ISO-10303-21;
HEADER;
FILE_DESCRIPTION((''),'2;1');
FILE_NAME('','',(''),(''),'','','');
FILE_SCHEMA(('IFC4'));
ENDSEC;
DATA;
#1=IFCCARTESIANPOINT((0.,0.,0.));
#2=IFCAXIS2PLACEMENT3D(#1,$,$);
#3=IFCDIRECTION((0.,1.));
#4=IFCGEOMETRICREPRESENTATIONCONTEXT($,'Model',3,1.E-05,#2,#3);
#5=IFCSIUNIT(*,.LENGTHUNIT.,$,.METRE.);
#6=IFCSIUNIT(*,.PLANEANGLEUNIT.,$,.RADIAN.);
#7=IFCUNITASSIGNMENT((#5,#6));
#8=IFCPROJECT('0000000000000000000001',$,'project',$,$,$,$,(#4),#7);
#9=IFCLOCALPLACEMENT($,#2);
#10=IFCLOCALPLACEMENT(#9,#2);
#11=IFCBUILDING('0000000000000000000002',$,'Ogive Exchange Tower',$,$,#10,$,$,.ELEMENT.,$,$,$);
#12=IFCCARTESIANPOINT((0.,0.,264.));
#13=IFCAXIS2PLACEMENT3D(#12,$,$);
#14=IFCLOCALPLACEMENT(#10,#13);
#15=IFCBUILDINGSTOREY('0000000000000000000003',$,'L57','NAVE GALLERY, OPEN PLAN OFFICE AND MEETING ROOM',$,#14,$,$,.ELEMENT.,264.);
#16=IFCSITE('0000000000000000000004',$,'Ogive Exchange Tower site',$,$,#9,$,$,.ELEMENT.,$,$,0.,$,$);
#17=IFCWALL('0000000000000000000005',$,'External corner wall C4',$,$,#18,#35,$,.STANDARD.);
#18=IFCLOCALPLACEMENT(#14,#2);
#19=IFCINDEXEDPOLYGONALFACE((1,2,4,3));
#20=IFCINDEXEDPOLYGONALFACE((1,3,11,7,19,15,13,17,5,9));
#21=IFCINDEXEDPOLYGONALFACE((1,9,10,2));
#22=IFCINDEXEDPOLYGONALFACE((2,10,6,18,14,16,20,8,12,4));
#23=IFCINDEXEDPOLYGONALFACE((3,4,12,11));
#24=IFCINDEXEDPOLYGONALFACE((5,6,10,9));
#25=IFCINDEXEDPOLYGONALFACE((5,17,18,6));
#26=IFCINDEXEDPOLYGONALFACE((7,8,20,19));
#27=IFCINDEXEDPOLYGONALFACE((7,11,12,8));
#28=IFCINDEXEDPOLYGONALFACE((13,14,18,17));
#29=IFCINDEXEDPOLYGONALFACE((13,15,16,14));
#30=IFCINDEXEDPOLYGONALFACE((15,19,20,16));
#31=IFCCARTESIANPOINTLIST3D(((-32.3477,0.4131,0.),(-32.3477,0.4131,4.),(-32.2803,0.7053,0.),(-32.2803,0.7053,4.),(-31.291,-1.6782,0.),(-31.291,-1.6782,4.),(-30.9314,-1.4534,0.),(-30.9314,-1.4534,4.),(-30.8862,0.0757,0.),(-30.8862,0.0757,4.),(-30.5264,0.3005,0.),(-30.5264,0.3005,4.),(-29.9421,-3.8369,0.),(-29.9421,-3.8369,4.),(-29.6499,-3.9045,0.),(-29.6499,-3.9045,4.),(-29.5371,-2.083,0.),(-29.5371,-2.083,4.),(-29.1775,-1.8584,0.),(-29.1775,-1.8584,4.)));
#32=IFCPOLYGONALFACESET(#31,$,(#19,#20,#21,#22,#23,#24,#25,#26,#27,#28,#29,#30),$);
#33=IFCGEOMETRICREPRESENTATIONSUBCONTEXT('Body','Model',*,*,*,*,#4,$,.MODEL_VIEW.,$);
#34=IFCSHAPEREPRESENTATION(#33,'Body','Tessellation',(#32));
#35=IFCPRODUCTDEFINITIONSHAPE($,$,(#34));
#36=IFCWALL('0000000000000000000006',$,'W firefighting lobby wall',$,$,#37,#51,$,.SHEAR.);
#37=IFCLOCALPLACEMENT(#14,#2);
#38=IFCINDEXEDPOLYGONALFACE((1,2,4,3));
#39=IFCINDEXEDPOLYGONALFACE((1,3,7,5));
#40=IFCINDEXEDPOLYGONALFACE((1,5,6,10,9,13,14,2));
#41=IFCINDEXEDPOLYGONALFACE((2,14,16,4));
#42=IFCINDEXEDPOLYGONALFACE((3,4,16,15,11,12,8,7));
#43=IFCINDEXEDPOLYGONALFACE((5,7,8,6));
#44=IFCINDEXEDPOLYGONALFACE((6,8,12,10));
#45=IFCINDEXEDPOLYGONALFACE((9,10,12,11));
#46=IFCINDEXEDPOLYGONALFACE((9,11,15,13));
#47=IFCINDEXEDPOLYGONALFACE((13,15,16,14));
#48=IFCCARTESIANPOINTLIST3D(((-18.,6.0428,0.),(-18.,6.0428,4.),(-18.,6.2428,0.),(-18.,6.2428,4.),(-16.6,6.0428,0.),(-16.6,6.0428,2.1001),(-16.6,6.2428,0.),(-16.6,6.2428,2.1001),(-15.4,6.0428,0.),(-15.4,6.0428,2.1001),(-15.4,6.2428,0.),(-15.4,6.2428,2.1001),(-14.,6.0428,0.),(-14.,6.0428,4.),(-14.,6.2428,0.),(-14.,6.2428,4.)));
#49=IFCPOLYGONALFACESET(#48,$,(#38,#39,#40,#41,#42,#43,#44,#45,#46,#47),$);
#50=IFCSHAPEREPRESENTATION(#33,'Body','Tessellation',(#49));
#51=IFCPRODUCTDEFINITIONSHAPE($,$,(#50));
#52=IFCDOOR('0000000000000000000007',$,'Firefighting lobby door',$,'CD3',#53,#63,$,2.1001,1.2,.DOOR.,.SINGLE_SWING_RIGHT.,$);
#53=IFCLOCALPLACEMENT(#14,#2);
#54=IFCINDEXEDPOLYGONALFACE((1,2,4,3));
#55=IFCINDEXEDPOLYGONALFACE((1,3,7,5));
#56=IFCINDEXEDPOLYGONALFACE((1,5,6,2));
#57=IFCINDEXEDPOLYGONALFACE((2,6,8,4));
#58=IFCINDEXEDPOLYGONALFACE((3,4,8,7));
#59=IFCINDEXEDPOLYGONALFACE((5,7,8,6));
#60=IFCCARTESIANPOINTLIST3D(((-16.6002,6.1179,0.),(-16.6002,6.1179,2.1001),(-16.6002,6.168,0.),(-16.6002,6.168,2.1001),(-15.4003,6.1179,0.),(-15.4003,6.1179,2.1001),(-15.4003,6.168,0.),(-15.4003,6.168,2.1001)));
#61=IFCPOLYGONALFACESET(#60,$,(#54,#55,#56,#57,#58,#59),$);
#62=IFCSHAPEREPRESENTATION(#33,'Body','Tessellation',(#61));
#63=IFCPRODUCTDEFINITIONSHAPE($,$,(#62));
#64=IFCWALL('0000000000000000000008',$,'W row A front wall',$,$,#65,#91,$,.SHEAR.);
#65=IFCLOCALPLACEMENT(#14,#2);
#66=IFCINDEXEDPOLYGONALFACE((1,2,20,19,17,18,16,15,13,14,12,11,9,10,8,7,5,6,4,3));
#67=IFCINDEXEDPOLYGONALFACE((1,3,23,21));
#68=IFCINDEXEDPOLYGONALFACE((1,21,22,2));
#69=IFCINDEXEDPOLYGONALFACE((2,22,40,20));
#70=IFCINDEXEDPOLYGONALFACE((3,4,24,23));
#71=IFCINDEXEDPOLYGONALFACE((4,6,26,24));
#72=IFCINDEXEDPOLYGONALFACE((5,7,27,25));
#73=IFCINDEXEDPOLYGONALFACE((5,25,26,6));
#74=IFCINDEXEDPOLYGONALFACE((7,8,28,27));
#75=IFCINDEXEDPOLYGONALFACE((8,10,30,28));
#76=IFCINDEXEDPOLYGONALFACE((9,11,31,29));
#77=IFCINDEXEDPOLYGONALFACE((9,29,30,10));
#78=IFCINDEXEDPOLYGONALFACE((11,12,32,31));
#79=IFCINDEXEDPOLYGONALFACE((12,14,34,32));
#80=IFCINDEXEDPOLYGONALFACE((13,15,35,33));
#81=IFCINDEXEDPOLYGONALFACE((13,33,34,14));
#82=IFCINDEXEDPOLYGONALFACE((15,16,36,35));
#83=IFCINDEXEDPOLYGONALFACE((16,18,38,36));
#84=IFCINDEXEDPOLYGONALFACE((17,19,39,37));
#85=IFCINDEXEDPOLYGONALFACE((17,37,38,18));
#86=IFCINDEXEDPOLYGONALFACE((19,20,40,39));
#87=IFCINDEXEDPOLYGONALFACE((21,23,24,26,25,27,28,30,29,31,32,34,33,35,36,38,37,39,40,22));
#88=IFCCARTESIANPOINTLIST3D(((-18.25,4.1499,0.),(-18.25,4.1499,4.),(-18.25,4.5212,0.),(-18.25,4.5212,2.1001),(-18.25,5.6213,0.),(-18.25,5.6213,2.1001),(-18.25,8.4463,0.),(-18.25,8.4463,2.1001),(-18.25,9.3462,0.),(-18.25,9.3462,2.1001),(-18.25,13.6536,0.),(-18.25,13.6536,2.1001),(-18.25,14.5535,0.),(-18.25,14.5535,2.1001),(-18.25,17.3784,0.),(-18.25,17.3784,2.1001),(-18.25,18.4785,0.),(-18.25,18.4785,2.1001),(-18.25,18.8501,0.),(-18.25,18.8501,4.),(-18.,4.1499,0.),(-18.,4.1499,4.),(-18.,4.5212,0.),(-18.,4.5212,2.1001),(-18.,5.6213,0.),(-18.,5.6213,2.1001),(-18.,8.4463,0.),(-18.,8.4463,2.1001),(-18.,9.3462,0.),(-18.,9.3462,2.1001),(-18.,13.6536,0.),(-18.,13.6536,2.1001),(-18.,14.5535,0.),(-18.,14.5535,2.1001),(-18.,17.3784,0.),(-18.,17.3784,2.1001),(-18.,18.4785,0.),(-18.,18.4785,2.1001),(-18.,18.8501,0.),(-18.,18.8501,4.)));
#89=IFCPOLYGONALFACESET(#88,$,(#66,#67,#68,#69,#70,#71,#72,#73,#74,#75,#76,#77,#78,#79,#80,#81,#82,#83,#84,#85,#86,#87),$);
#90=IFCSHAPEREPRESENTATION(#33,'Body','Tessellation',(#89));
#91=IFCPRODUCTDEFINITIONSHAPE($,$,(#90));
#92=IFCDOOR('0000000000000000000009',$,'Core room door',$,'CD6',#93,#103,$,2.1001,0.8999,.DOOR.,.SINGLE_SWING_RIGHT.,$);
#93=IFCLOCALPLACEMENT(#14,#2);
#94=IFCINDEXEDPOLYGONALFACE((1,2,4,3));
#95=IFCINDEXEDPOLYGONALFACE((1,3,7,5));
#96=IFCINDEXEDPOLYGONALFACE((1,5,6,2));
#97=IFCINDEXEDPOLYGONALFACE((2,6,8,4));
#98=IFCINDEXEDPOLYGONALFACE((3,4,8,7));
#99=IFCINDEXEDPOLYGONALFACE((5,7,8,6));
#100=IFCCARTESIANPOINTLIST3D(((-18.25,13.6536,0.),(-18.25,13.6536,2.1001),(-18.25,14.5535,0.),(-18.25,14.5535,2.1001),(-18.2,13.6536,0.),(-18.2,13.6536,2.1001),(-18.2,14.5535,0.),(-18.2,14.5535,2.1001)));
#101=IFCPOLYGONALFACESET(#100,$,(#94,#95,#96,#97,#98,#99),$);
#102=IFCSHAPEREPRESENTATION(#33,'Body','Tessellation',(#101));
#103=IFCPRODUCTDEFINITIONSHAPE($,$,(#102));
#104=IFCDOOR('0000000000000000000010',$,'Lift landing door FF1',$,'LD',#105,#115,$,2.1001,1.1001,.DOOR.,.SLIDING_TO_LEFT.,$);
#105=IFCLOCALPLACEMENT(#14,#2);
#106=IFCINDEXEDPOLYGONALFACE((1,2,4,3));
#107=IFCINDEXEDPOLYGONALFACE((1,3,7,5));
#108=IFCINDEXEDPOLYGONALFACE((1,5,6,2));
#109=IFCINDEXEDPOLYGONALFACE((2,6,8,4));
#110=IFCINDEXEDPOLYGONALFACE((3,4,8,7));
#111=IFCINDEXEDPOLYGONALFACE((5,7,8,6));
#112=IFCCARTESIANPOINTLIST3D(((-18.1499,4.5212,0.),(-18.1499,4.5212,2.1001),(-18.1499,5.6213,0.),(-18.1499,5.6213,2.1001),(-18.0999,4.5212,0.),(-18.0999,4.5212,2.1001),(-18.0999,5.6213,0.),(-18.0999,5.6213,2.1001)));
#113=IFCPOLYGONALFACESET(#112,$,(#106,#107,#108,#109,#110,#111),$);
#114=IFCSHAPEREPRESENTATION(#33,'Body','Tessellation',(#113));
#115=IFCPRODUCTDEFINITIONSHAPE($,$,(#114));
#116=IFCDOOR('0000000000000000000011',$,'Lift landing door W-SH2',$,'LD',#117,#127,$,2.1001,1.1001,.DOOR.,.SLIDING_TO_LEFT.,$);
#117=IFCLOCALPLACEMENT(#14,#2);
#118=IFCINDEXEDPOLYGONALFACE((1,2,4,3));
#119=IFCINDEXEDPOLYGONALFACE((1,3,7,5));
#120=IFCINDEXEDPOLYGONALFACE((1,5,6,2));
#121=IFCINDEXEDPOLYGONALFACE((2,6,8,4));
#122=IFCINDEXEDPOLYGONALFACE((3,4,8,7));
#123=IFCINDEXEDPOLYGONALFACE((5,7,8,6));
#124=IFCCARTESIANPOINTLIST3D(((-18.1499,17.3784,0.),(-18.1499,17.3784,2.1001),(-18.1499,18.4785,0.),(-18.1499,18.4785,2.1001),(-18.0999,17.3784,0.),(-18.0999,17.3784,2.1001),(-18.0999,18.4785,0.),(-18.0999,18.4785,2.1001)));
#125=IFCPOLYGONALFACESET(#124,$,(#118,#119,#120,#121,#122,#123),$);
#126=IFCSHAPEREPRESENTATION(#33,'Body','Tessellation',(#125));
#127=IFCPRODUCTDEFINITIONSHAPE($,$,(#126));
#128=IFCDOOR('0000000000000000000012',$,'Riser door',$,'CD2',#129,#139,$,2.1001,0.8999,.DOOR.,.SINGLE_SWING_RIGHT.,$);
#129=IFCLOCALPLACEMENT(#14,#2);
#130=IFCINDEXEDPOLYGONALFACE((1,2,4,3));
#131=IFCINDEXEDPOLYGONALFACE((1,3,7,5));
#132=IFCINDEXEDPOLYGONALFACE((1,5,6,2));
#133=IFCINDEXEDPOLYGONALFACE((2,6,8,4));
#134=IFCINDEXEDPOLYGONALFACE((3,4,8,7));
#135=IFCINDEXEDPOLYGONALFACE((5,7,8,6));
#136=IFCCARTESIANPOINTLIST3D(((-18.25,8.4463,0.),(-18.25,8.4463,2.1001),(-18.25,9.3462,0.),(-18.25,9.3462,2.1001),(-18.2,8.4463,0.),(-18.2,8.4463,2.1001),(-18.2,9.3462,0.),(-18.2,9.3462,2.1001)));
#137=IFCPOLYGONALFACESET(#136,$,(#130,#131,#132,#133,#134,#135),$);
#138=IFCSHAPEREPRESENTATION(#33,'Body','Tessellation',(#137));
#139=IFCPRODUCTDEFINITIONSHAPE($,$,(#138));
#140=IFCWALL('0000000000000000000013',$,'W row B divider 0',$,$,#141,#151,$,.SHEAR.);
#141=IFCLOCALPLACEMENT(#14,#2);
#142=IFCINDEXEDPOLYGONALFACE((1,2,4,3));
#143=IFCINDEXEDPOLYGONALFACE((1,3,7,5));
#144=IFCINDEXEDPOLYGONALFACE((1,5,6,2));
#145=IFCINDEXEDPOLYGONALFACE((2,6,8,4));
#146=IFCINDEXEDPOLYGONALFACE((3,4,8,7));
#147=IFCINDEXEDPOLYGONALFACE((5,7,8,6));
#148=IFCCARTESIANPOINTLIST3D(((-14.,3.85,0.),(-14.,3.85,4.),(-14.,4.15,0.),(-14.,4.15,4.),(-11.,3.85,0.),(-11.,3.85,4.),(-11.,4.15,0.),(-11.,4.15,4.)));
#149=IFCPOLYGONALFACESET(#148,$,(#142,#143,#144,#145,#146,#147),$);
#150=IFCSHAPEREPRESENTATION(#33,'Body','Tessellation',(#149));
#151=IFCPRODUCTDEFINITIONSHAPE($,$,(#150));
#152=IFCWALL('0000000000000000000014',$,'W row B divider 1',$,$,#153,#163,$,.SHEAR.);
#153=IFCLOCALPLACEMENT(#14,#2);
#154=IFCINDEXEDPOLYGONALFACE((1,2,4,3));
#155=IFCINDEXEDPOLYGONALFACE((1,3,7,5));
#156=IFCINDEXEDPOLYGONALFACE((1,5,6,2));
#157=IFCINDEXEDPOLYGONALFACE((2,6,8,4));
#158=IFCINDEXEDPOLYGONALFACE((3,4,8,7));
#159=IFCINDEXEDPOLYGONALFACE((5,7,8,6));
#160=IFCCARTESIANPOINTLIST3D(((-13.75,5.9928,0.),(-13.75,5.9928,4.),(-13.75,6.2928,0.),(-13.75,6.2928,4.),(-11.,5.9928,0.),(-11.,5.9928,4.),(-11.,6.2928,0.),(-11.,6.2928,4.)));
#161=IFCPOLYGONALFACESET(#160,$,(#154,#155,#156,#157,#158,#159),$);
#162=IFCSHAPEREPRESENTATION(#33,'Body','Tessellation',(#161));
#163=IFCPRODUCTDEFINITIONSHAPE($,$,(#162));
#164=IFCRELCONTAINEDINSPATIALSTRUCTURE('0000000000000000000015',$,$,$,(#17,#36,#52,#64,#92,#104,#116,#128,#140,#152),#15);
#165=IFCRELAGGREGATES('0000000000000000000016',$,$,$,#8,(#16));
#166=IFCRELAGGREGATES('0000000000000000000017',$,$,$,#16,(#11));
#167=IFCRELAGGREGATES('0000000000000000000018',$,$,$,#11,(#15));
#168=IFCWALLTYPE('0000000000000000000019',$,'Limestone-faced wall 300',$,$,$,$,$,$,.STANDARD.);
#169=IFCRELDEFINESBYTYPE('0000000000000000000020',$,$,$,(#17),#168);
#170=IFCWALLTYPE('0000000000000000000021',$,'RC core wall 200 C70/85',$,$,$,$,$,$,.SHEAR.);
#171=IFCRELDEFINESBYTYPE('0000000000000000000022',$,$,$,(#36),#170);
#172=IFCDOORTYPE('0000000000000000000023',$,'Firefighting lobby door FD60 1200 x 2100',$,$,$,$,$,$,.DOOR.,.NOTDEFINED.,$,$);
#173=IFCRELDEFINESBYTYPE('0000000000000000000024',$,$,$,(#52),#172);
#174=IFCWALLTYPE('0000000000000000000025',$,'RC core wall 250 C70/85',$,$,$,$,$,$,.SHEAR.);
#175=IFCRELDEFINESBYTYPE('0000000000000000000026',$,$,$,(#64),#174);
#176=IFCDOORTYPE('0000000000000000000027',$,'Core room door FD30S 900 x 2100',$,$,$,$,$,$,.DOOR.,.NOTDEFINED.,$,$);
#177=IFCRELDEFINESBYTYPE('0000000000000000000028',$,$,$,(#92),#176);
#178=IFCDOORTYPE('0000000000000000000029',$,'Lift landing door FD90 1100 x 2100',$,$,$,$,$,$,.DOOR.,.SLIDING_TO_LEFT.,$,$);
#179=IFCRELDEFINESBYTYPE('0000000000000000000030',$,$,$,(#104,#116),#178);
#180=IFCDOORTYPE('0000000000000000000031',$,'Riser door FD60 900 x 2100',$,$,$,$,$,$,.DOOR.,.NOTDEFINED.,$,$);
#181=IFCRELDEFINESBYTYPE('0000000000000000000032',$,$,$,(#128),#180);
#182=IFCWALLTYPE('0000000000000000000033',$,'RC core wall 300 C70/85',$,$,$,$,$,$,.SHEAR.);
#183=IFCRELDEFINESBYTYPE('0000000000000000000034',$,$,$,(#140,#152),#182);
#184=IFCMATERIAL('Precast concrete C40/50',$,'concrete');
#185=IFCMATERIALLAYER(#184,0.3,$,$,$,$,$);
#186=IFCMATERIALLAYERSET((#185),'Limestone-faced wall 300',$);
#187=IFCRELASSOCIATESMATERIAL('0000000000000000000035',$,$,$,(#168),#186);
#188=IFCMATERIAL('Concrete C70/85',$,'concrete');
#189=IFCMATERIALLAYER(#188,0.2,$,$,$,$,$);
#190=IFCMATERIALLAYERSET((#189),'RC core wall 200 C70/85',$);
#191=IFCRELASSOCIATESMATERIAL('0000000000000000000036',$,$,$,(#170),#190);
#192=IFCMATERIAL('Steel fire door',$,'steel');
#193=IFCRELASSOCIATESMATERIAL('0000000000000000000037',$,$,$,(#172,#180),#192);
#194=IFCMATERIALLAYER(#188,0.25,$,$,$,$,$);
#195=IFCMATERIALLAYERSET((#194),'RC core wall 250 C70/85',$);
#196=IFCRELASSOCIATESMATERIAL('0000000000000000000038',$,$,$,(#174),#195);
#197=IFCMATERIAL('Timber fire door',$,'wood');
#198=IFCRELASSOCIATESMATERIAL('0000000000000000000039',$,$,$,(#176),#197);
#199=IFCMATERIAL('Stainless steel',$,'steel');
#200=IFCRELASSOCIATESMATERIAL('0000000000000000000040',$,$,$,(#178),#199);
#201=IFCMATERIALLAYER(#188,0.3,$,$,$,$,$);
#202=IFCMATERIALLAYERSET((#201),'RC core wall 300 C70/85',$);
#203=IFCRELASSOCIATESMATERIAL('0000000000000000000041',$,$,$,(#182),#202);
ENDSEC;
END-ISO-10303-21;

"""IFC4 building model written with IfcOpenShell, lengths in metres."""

from ifc_helpers import new_model, si_unit, direction, frame, frame_2d, origin, place, context, subcontext, project, spatial, polyline, rectangle, outline, extrude, material, layer, layer_set, type_object, element, fill, save


model = new_model("IFC4")

# Units and contexts
model_context = context("Model", 3, precision=1e-05, world=origin(), true_north=direction((0.0, 1.0)))
body_context = subcontext(model_context, "Body", "Model", "MODEL_VIEW")
ifc_project = project(units=[si_unit("LENGTHUNIT", "METRE"), si_unit("PLANEANGLEUNIT", "RADIAN")], contexts=[model_context])

# Site, building, storey
site_placement = place(None, origin())
site = spatial("IfcSite", under=ifc_project, at=site_placement, Name="Ogive Exchange Tower site", CompositionType="ELEMENT", RefElevation=0.0)
building_placement = place(site_placement, origin())
building = spatial("IfcBuilding", under=site, at=building_placement, Name="Ogive Exchange Tower", CompositionType="ELEMENT")
storey_placement = place(building_placement, frame((0.0, 0.0, 264.0)))
storey = spatial("IfcBuildingStorey", under=building, at=storey_placement, Name="L57", Description="NAVE GALLERY, OPEN PLAN OFFICE AND MEETING ROOM", CompositionType="ELEMENT", Elevation=264.0)

# Wall
ifc_material_1 = material(Name="Precast concrete C40/50", Category="concrete")
ifc_layer_1 = layer(ifc_material_1, 0.3)
ifc_layer_set_1 = layer_set([ifc_layer_1], Name="Limestone-faced wall 300")
wall_type_1 = type_object("IfcWallType", Name="Limestone-faced wall 300", PredefinedType="STANDARD", material=ifc_layer_set_1)
wall_1_placement = place(storey_placement, origin())
element("IfcWall", 1, at=wall_1_placement, inside=storey, type_object=wall_type_1, Name="External corner wall C4", PredefinedType="STANDARD", context=body_context, shape_type="SweptSolid", body=[
    extrude(outline(polyline([(-31.291, -1.6782), (-30.8862, 0.0757), (-32.3477, 0.4131), (-32.2803, 0.7053), (-30.5264, 0.3005), (-30.9314, -1.4534), (-29.1775, -1.8584), (-29.6499, -3.9045), (-29.9421, -3.8369), (-29.5371, -2.083), (-31.291, -1.6782)])), origin(), (0.0, 0.0, 1.0), 4.0),
])

# Wall, opening, door
ifc_material_2 = material(Name="Concrete C70/85", Category="concrete")
ifc_layer_2 = layer(ifc_material_2, 0.2)
ifc_layer_set_2 = layer_set([ifc_layer_2], Name="RC core wall 200 C70/85")
wall_type_2 = type_object("IfcWallType", Name="RC core wall 200 C70/85", PredefinedType="SHEAR", material=ifc_layer_set_2)
wall_2_placement = place(storey_placement, frame((-18.0, 6.1428, 0.0), z_axis=(0.0, 0.0, 1.0), x_axis=(1.0, 0.0, 0.0)))
wall_2 = element("IfcWall", 2, at=wall_2_placement, inside=storey, type_object=wall_type_2, Name="W firefighting lobby wall", PredefinedType="SHEAR", context=body_context, shape_type="SweptSolid", body=[
    extrude(rectangle(XDim=4.0, YDim=0.2, at=frame_2d((2.0, 0.0))), origin(), (0.0, 0.0, 1.0), 4.0),
])
opening_1_placement = place(wall_2_placement, frame((1.3999, 0.0, 0.0)))
opening_1 = element("IfcOpeningElement", 3, at=opening_1_placement, cuts=wall_2, PredefinedType="OPENING", context=body_context, shape_type="SweptSolid", body=[
    extrude(rectangle(XDim=1.2, YDim=2.1001, at=frame_2d((0.6001, 1.05))), frame((0.0, 0.1099, 0.0), z_axis=(0.0, -1.0, 0.0), x_axis=(1.0, 0.0, 0.0)), (0.0, 0.0, 1.0), 0.22),
])
ifc_material_3 = material(Name="Steel fire door", Category="steel")
door_type_1 = type_object("IfcDoorType", Name="Firefighting lobby door FD60 1200 x 2100", OperationType="NOTDEFINED", PredefinedType="DOOR", material=ifc_material_3)
door_1_placement = place(opening_1_placement, frame((1.2, 0.0, 0.0), z_axis=(0.0, 0.0, 1.0), x_axis=(-1.0, 0.0, 0.0)))
door_1 = element("IfcDoor", 4, at=door_1_placement, inside=storey, type_object=door_type_1, Name="Firefighting lobby door", ObjectType="CD3", OperationType="SINGLE_SWING_RIGHT", OverallHeight=2.1001, OverallWidth=1.2, PredefinedType="DOOR", context=body_context, shape_type="SweptSolid", body=[
    extrude(rectangle(XDim=1.2, YDim=2.1001, at=frame_2d((0.6001, 1.05))), frame((0.0, 0.0249, 0.0), z_axis=(0.0, -1.0, 0.0), x_axis=(1.0, 0.0, 0.0)), (0.0, 0.0, 1.0), 0.05),
])
fill(opening_1, door_1)

# Wall, openings, doors
ifc_layer_3 = layer(ifc_material_2, 0.25)
ifc_layer_set_3 = layer_set([ifc_layer_3], Name="RC core wall 250 C70/85")
wall_type_3 = type_object("IfcWallType", Name="RC core wall 250 C70/85", PredefinedType="SHEAR", material=ifc_layer_set_3)
wall_3_placement = place(storey_placement, frame((-18.125, 4.1499, 0.0), z_axis=(0.0, 0.0, 1.0), x_axis=(0.0, 1.0, 0.0)))
wall_3 = element("IfcWall", 5, at=wall_3_placement, inside=storey, type_object=wall_type_3, Name="W row A front wall", PredefinedType="SHEAR", context=body_context, shape_type="SweptSolid", body=[
    extrude(rectangle(XDim=14.7002, YDim=0.25, at=frame_2d((7.3501, 0.0))), origin(), (0.0, 0.0, 1.0), 4.0),
])
opening_2_placement = place(wall_3_placement, frame((4.2964, 0.0, 0.0)))
opening_2 = element("IfcOpeningElement", 6, at=opening_2_placement, cuts=wall_3, PredefinedType="OPENING", context=body_context, shape_type="SweptSolid", body=[
    extrude(rectangle(XDim=0.8999, YDim=2.1001, at=frame_2d((0.45, 1.05))), frame((0.0, 0.135, 0.0), z_axis=(0.0, -1.0, 0.0), x_axis=(1.0, 0.0, 0.0)), (0.0, 0.0, 1.0), 0.27),
])
opening_3_placement = place(wall_3_placement, frame((9.5037, 0.0, 0.0)))
opening_3 = element("IfcOpeningElement", 7, at=opening_3_placement, cuts=wall_3, PredefinedType="OPENING", context=body_context, shape_type="SweptSolid", body=[
    extrude(rectangle(XDim=0.8999, YDim=2.1001, at=frame_2d((0.45, 1.05))), frame((0.0, 0.135, 0.0), z_axis=(0.0, -1.0, 0.0), x_axis=(1.0, 0.0, 0.0)), (0.0, 0.0, 1.0), 0.27),
])
opening_4_placement = place(wall_3_placement, frame((0.3713, 0.0, 0.0)))
opening_4 = element("IfcOpeningElement", 8, at=opening_4_placement, cuts=wall_3, PredefinedType="OPENING", context=body_context, shape_type="SweptSolid", body=[
    extrude(rectangle(XDim=1.1001, YDim=2.1001, at=frame_2d((0.55, 1.05))), frame((0.0, 0.135, 0.0), z_axis=(0.0, -1.0, 0.0), x_axis=(1.0, 0.0, 0.0)), (0.0, 0.0, 1.0), 0.27),
])
opening_5_placement = place(wall_3_placement, frame((13.2285, 0.0, 0.0)))
opening_5 = element("IfcOpeningElement", 9, at=opening_5_placement, cuts=wall_3, PredefinedType="OPENING", context=body_context, shape_type="SweptSolid", body=[
    extrude(rectangle(XDim=1.1001, YDim=2.1001, at=frame_2d((0.55, 1.05))), frame((0.0, 0.135, 0.0), z_axis=(0.0, -1.0, 0.0), x_axis=(1.0, 0.0, 0.0)), (0.0, 0.0, 1.0), 0.27),
])
ifc_material_4 = material(Name="Timber fire door", Category="wood")
door_type_2 = type_object("IfcDoorType", Name="Core room door FD30S 900 x 2100", OperationType="NOTDEFINED", PredefinedType="DOOR", material=ifc_material_4)
door_2_placement = place(opening_3_placement, origin())
door_2 = element("IfcDoor", 10, at=door_2_placement, inside=storey, type_object=door_type_2, Name="Core room door", ObjectType="CD6", OperationType="SINGLE_SWING_RIGHT", OverallHeight=2.1001, OverallWidth=0.8999, PredefinedType="DOOR", context=body_context, shape_type="SweptSolid", body=[
    extrude(rectangle(XDim=0.8999, YDim=2.1001, at=frame_2d((0.45, 1.05))), frame((0.0, 0.125, 0.0), z_axis=(0.0, -1.0, 0.0), x_axis=(1.0, 0.0, 0.0)), (0.0, 0.0, 1.0), 0.05),
])
fill(opening_3, door_2)
ifc_material_5 = material(Name="Stainless steel", Category="steel")
door_type_3 = type_object("IfcDoorType", Name="Lift landing door FD90 1100 x 2100", OperationType="SLIDING_TO_LEFT", PredefinedType="DOOR", material=ifc_material_5)
door_3_placement = place(opening_4_placement, origin())
door_3 = element("IfcDoor", 11, at=door_3_placement, inside=storey, type_object=door_type_3, Name="Lift landing door FF1", ObjectType="LD", OperationType="SLIDING_TO_LEFT", OverallHeight=2.1001, OverallWidth=1.1001, PredefinedType="DOOR", context=body_context, shape_type="SweptSolid", body=[
    extrude(rectangle(XDim=1.1001, YDim=2.1001, at=frame_2d((0.55, 1.05))), frame((0.0, 0.0249, 0.0), z_axis=(0.0, -1.0, 0.0), x_axis=(1.0, 0.0, 0.0)), (0.0, 0.0, 1.0), 0.05),
])
fill(opening_4, door_3)
door_4_placement = place(opening_5_placement, origin())
door_4 = element("IfcDoor", 12, at=door_4_placement, inside=storey, type_object=door_type_3, Name="Lift landing door W-SH2", ObjectType="LD", OperationType="SLIDING_TO_LEFT", OverallHeight=2.1001, OverallWidth=1.1001, PredefinedType="DOOR", context=body_context, shape_type="SweptSolid", body=[
    extrude(rectangle(XDim=1.1001, YDim=2.1001, at=frame_2d((0.55, 1.05))), frame((0.0, 0.0249, 0.0), z_axis=(0.0, -1.0, 0.0), x_axis=(1.0, 0.0, 0.0)), (0.0, 0.0, 1.0), 0.05),
])
fill(opening_5, door_4)
door_type_4 = type_object("IfcDoorType", Name="Riser door FD60 900 x 2100", OperationType="NOTDEFINED", PredefinedType="DOOR", material=ifc_material_3)
door_5_placement = place(opening_2_placement, origin())
door_5 = element("IfcDoor", 13, at=door_5_placement, inside=storey, type_object=door_type_4, Name="Riser door", ObjectType="CD2", OperationType="SINGLE_SWING_RIGHT", OverallHeight=2.1001, OverallWidth=0.8999, PredefinedType="DOOR", context=body_context, shape_type="SweptSolid", body=[
    extrude(rectangle(XDim=0.8999, YDim=2.1001, at=frame_2d((0.45, 1.05))), frame((0.0, 0.125, 0.0), z_axis=(0.0, -1.0, 0.0), x_axis=(1.0, 0.0, 0.0)), (0.0, 0.0, 1.0), 0.05),
])
fill(opening_2, door_5)

# Walls
ifc_layer_4 = layer(ifc_material_2, 0.3)
ifc_layer_set_4 = layer_set([ifc_layer_4], Name="RC core wall 300 C70/85")
wall_type_4 = type_object("IfcWallType", Name="RC core wall 300 C70/85", PredefinedType="SHEAR", material=ifc_layer_set_4)
wall_4_placement = place(storey_placement, frame((-14.0, 4.0, 0.0), z_axis=(0.0, 0.0, 1.0), x_axis=(1.0, 0.0, 0.0)))
element("IfcWall", 14, at=wall_4_placement, inside=storey, type_object=wall_type_4, Name="W row B divider 0", PredefinedType="SHEAR", context=body_context, shape_type="SweptSolid", body=[
    extrude(rectangle(XDim=3.0, YDim=0.3, at=frame_2d((1.5, 0.0))), origin(), (0.0, 0.0, 1.0), 4.0),
])
for number, where, z_axis, x_axis, name in (
    (15, (-13.75, 6.1428, 0.0), (0.0, 0.0, 1.0), (1.0, 0.0, 0.0), "W row B divider 1"),
):
    element("IfcWall", number, at=place(storey_placement, frame(where, z_axis=z_axis, x_axis=x_axis)), inside=storey, type_object=wall_type_4, Name=name, PredefinedType="SHEAR", context=body_context, shape_type="SweptSolid", body=[
        extrude(rectangle(XDim=2.75, YDim=0.3, at=frame_2d((1.375, 0.0))), origin(), (0.0, 0.0, 1.0), 4.0),
    ])

save(model, "model.ifc")
